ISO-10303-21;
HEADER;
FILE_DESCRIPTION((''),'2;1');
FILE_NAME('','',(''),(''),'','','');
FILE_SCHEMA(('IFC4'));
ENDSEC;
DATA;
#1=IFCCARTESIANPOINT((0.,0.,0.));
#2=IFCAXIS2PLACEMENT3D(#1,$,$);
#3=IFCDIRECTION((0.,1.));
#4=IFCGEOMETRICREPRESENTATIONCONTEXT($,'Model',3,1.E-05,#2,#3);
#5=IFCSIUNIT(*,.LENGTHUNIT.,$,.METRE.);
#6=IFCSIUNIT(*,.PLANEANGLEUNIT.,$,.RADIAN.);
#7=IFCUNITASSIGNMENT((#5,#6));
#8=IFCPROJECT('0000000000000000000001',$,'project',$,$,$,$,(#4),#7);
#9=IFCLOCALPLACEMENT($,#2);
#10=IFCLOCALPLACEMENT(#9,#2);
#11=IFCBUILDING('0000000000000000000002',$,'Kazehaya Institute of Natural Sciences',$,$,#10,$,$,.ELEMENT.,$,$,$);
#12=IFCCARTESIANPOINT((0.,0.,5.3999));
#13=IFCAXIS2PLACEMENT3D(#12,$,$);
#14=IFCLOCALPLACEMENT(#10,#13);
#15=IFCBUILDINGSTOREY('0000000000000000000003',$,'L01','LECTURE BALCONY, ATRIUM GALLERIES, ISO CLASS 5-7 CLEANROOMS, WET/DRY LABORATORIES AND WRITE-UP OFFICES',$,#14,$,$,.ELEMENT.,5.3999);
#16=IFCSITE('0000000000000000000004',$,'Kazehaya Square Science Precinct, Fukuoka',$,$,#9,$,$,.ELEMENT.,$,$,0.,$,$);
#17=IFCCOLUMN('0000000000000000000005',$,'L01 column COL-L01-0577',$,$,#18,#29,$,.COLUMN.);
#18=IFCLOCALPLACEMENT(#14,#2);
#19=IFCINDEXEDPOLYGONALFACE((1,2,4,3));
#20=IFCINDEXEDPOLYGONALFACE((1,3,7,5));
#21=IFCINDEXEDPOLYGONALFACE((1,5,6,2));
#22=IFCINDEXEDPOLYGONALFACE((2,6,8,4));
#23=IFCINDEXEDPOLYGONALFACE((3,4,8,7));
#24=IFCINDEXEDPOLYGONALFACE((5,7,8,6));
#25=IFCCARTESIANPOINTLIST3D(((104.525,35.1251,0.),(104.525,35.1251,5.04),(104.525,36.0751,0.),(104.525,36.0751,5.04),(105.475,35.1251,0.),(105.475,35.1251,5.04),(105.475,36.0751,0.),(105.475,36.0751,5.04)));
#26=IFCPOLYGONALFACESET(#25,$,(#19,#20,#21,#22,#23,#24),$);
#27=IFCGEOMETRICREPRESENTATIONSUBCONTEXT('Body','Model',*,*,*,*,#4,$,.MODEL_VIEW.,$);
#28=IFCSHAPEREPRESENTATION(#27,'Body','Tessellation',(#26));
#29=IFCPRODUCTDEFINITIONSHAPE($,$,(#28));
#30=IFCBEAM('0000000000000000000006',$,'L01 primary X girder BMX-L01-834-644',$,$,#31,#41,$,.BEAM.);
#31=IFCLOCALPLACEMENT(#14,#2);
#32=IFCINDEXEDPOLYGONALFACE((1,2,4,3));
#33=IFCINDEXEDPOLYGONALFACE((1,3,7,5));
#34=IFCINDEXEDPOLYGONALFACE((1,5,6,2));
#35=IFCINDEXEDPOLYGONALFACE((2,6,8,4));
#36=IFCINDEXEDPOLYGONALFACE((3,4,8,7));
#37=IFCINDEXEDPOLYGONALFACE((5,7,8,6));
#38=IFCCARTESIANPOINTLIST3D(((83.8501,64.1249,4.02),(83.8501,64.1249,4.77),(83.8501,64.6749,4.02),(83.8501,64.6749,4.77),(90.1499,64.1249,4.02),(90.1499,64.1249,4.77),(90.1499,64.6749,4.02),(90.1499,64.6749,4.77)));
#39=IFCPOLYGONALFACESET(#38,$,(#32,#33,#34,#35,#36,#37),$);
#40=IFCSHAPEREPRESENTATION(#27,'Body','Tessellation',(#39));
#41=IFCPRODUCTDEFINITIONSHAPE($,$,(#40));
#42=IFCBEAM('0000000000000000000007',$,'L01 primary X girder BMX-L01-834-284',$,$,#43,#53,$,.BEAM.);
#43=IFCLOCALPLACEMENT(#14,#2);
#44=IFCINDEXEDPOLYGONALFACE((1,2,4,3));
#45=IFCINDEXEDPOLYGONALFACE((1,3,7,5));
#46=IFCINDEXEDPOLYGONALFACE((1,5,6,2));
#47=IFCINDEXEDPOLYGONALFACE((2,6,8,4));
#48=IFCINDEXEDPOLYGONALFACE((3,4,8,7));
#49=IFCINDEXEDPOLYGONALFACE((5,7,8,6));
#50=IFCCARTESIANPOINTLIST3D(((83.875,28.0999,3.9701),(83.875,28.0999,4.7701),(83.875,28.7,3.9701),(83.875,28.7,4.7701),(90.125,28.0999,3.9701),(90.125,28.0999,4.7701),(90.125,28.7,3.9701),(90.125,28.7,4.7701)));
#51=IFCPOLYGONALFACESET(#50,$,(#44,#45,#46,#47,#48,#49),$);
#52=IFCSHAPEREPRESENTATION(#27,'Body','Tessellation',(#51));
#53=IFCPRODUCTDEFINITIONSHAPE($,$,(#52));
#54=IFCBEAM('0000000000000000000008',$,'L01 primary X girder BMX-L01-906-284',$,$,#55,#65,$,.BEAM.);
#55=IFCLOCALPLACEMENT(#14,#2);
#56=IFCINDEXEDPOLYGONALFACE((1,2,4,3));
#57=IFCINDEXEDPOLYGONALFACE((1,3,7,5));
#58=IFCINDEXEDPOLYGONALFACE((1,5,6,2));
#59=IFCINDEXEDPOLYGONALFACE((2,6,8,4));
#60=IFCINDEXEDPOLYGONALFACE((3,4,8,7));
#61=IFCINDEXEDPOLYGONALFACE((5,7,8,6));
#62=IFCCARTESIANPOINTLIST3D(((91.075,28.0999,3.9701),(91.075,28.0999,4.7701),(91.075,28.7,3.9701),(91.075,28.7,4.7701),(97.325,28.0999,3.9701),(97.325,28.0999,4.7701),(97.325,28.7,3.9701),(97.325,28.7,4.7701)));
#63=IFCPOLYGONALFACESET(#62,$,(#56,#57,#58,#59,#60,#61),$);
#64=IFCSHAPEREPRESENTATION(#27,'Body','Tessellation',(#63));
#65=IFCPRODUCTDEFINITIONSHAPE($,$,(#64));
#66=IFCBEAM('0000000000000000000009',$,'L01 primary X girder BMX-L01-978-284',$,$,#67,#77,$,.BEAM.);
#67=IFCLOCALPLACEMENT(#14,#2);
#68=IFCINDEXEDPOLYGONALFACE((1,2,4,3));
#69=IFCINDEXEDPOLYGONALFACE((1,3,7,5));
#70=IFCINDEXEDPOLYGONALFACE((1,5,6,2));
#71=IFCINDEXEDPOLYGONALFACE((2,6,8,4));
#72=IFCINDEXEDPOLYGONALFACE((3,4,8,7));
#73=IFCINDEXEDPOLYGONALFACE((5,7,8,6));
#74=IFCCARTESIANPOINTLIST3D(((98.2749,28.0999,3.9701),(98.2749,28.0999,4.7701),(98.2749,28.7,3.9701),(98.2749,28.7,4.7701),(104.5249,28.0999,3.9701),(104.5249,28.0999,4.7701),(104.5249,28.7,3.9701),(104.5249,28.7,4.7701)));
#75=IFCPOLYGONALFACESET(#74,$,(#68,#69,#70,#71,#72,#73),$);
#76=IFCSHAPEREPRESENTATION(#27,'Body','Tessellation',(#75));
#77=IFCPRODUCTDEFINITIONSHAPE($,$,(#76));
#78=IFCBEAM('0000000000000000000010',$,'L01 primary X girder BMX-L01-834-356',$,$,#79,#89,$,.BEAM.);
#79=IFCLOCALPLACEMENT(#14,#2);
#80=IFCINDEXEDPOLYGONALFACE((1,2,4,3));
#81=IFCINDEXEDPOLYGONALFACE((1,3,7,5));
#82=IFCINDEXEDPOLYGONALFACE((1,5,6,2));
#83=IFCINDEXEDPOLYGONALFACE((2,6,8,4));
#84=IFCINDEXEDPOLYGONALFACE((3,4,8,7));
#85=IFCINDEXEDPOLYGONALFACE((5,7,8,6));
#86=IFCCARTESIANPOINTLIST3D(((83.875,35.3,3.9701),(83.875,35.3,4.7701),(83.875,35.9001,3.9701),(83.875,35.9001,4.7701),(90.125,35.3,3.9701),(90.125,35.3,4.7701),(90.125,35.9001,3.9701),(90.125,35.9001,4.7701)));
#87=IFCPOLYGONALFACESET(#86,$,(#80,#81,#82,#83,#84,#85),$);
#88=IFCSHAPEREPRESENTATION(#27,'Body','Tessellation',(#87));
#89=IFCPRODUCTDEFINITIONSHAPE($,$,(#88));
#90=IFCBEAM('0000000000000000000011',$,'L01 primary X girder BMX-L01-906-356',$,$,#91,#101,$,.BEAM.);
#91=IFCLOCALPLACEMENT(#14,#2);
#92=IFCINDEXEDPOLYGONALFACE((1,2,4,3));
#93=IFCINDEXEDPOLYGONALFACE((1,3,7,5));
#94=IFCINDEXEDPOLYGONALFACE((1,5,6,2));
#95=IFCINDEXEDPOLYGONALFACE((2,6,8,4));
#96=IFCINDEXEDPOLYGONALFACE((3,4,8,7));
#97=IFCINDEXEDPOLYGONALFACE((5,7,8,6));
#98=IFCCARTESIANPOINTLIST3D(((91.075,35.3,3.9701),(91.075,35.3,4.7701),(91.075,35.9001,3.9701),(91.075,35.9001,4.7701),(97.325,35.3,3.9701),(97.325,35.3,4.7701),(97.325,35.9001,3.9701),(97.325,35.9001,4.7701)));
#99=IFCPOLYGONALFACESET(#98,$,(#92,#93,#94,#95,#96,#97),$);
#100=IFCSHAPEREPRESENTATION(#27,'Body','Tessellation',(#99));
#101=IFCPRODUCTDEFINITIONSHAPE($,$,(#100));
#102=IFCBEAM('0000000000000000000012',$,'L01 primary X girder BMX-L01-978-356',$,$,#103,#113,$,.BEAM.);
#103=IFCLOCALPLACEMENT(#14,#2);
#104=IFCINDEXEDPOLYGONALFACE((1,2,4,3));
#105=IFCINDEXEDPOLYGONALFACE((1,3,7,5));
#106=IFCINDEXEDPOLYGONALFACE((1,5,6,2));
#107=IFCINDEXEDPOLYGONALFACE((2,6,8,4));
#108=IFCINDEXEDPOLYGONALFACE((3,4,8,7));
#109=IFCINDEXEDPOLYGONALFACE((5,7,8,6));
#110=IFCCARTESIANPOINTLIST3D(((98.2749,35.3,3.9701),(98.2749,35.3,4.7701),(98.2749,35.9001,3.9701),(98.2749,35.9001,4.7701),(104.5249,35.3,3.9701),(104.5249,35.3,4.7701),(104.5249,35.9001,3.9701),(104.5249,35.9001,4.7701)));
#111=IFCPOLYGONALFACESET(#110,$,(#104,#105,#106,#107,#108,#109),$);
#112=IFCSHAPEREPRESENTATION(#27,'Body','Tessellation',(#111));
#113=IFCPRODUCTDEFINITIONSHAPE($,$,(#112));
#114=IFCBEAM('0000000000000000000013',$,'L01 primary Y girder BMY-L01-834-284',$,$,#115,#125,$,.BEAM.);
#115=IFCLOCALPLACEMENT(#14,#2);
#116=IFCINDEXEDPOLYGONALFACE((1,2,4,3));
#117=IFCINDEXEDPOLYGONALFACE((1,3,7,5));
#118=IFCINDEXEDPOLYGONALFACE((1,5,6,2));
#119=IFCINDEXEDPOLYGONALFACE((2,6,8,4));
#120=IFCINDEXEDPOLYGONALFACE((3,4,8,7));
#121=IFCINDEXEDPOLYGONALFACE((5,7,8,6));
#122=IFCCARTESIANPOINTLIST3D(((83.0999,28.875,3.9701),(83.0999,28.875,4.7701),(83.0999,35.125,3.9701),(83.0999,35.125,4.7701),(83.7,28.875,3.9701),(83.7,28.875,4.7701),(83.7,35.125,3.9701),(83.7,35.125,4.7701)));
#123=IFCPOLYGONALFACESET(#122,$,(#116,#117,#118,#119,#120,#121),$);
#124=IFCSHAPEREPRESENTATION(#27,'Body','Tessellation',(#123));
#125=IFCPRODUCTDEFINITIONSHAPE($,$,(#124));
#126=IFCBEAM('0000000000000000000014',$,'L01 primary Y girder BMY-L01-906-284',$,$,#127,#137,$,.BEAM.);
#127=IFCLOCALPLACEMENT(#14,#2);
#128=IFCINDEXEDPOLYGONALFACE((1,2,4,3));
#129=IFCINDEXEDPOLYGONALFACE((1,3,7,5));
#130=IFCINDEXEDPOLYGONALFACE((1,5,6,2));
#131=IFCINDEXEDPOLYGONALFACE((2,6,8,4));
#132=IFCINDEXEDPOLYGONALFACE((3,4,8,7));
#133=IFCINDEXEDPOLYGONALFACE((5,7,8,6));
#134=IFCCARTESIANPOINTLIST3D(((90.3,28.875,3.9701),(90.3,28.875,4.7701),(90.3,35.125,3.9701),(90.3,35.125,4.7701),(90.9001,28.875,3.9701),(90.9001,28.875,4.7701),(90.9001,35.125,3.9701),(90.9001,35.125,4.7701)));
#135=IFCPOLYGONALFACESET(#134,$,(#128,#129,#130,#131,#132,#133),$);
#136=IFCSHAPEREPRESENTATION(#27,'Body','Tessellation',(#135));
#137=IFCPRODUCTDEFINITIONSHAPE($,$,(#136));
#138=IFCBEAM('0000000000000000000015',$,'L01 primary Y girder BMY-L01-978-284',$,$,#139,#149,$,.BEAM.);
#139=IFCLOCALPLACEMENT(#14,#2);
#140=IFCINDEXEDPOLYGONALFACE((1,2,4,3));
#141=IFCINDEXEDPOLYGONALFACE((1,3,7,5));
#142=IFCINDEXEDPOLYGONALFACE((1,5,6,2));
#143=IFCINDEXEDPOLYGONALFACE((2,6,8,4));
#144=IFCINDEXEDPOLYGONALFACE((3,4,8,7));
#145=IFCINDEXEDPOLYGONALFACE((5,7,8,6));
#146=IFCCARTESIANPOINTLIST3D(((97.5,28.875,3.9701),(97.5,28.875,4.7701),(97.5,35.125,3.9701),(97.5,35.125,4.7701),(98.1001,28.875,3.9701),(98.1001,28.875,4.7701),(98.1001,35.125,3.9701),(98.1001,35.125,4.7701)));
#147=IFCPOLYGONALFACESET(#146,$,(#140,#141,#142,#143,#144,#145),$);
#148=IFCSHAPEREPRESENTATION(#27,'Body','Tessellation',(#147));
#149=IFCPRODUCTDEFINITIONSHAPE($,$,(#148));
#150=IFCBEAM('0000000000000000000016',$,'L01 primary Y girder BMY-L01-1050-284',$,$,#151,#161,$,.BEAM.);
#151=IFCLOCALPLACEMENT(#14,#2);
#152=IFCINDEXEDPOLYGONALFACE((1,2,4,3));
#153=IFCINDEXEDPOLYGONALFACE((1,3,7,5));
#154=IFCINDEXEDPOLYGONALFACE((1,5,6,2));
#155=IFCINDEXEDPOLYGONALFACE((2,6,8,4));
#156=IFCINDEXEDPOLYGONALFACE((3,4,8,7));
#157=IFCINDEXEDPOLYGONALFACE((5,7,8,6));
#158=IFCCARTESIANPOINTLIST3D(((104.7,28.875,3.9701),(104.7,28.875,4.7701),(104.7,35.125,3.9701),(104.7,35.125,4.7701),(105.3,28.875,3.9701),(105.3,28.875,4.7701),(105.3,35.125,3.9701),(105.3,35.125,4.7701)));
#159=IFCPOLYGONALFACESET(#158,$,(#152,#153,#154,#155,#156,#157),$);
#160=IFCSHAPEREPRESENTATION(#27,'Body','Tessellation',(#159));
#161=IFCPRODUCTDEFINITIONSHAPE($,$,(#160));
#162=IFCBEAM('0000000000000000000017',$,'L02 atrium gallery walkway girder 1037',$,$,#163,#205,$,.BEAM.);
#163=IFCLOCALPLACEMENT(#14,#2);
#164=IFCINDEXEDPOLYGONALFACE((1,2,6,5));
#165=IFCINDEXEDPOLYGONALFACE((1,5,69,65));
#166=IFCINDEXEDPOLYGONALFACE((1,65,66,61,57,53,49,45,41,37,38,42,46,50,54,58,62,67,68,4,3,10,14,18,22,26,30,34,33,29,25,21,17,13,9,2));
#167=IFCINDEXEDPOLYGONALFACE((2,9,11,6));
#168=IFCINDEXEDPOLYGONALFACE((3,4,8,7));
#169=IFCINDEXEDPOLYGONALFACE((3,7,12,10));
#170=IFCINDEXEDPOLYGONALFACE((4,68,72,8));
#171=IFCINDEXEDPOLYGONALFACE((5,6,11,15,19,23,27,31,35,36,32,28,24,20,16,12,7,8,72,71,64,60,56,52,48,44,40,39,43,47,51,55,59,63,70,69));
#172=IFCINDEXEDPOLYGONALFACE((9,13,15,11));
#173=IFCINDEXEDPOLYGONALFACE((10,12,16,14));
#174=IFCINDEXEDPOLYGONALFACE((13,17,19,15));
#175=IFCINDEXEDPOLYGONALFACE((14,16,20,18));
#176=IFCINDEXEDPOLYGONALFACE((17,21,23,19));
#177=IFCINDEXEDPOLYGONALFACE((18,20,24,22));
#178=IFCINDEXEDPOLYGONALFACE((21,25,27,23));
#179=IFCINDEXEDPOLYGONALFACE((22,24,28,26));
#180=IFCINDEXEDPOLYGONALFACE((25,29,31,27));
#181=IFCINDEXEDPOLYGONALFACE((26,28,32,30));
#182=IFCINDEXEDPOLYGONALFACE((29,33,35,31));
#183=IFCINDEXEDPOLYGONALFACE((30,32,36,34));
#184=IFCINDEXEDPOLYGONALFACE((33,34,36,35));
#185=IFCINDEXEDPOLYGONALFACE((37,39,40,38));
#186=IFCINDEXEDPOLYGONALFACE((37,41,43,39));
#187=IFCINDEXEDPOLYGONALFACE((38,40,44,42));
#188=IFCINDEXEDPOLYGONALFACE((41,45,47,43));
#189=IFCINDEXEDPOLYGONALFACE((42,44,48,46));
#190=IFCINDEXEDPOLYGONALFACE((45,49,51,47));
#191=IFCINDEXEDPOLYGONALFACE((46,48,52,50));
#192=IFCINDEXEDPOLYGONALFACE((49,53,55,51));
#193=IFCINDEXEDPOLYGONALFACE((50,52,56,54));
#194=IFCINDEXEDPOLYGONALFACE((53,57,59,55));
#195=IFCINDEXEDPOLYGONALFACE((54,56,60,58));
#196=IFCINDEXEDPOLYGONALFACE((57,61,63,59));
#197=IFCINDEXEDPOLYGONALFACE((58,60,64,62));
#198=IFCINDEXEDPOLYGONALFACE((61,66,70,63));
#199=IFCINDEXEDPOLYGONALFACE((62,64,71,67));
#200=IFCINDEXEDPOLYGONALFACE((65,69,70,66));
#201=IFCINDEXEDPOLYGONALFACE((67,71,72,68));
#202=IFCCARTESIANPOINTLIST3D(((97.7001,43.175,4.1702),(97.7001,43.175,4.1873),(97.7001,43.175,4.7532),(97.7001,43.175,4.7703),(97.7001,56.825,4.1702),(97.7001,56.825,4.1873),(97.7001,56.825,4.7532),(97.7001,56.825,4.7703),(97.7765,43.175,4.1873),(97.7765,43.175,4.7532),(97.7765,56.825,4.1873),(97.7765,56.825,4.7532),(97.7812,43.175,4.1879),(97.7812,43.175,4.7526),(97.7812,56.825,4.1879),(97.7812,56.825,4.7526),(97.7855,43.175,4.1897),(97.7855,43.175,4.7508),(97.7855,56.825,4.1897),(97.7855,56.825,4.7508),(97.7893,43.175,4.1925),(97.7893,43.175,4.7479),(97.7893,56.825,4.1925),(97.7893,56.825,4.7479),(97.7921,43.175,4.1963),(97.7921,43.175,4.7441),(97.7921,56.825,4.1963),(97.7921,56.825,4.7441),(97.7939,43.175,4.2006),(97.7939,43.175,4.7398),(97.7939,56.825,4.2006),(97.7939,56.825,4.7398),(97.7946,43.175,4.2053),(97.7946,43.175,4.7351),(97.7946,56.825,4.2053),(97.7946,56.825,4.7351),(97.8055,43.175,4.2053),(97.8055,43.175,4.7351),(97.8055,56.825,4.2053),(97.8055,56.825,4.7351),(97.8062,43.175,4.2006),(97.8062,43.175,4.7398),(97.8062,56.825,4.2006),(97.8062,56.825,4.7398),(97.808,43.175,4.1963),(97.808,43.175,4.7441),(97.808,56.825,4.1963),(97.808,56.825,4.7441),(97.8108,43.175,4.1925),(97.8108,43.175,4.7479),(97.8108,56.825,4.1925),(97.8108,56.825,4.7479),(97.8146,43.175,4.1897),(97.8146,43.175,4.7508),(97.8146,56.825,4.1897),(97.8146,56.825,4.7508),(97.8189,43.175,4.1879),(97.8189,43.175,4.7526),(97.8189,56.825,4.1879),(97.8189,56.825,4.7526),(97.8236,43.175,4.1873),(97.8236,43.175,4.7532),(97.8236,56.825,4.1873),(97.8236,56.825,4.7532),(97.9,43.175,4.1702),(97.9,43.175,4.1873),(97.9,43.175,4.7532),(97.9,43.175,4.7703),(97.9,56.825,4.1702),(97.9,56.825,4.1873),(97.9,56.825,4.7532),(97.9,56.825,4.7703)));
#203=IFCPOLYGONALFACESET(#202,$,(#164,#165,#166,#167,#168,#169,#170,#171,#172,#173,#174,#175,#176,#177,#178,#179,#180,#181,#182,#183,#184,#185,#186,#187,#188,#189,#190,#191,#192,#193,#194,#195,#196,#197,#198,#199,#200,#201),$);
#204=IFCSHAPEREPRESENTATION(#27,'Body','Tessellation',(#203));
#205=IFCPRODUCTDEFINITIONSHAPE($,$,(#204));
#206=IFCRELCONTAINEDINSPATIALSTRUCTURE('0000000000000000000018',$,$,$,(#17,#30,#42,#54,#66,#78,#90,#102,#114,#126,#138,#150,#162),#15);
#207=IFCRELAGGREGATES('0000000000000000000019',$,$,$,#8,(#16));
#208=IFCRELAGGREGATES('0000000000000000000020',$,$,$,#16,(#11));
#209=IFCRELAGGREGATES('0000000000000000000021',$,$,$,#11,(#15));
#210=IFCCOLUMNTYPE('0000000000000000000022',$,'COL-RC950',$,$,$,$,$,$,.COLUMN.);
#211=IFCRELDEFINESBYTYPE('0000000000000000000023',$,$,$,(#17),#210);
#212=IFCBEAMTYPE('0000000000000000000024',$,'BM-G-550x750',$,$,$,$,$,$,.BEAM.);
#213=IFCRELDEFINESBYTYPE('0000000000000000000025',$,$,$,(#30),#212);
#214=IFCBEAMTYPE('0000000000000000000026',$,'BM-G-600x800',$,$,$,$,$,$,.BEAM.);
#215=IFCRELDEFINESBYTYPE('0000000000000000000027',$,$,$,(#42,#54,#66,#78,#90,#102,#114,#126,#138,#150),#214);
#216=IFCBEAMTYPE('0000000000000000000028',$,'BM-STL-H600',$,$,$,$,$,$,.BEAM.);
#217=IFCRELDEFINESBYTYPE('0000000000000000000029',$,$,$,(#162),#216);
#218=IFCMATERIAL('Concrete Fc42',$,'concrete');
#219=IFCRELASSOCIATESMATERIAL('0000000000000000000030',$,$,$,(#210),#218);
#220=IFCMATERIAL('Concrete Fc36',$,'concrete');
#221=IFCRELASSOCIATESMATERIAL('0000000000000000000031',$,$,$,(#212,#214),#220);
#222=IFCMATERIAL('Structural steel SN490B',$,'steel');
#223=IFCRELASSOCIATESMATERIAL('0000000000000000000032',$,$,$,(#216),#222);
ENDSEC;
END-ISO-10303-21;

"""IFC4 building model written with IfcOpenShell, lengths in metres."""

from ifc_helpers import new_model, si_unit, direction, frame, origin, origin_2d, place, context, subcontext, project, spatial, rectangle, i_section, extrude, material, material_profile, profile_set, type_object, element, save


model = new_model("IFC4")

# Units and contexts
model_context = context("Model", 3, precision=1e-05, world=origin(), true_north=direction((0.0, 1.0)))
body_context = subcontext(model_context, "Body", "Model", "MODEL_VIEW")
ifc_project = project(units=[si_unit("LENGTHUNIT", "METRE"), si_unit("PLANEANGLEUNIT", "RADIAN")], contexts=[model_context])

# Site, building, storey
site_placement = place(None, origin())
site = spatial("IfcSite", under=ifc_project, at=site_placement, Name="Kazehaya Square Science Precinct, Fukuoka", CompositionType="ELEMENT", RefElevation=0.0)
building_placement = place(site_placement, origin())
building = spatial("IfcBuilding", under=site, at=building_placement, Name="Kazehaya Institute of Natural Sciences", CompositionType="ELEMENT")
storey_placement = place(building_placement, frame((0.0, 0.0, 5.3999)))
storey = spatial("IfcBuildingStorey", under=building, at=storey_placement, Name="L01", Description="LECTURE BALCONY, ATRIUM GALLERIES, ISO CLASS 5-7 CLEANROOMS, WET/DRY LABORATORIES AND WRITE-UP OFFICES", CompositionType="ELEMENT", Elevation=5.3999)

# Column
ifc_material_1 = material(Name="Concrete Fc36", Category="concrete")
ifc_material_2 = material(Name="Concrete Fc42", Category="concrete")
ifc_material_profile_1 = material_profile(ifc_material_2, rectangle(XDim=0.95, YDim=0.95, at=origin_2d()), Name="RC-950x950")
ifc_profile_set_1 = profile_set([ifc_material_profile_1], Name="Concrete Fc42")
column_type_1 = type_object("IfcColumnType", Name="COL-RC950", PredefinedType="COLUMN", material=ifc_profile_set_1)
for number, where, z_axis, x_axis, name in (
    (1, (105.0, 35.6001, 0.0), (0.0, 0.0, 1.0), (1.0, 0.0, 0.0), "L01 column COL-L01-0577"),
):
    element("IfcColumn", number, at=place(storey_placement, frame(where, z_axis=z_axis, x_axis=x_axis)), inside=storey, type_object=column_type_1, Name=name, PredefinedType="COLUMN", context=body_context, shape_type="SweptSolid", body=[
        extrude(rectangle(XDim=0.95, YDim=0.95, at=origin_2d()), origin(), (0.0, 0.0, 1.0), 5.04),
    ])

# Beams
ifc_material_profile_2 = material_profile(ifc_material_1, rectangle(XDim=0.55, YDim=0.75, at=origin_2d()), Name="RC-550x750")
ifc_profile_set_2 = profile_set([ifc_material_profile_2], Name="Concrete Fc36")
beam_type_1 = type_object("IfcBeamType", Name="BM-G-550x750", PredefinedType="BEAM", material=ifc_profile_set_2)
beam_1_placement = place(storey_placement, frame((83.8501, 64.3999, 4.395), z_axis=(1.0, 0.0, 0.0), x_axis=(0.0, 1.0, 0.0)))
element("IfcBeam", 2, at=beam_1_placement, inside=storey, type_object=beam_type_1, Name="L01 primary X girder BMX-L01-834-644", PredefinedType="BEAM", context=body_context, shape_type="SweptSolid", body=[
    extrude(rectangle(XDim=0.55, YDim=0.75, at=origin_2d()), origin(), (0.0, 0.0, 1.0), 6.2998),
])
ifc_material_profile_3 = material_profile(ifc_material_1, rectangle(XDim=0.6001, YDim=0.8, at=origin_2d()), Name="RC-600x800")
ifc_profile_set_3 = profile_set([ifc_material_profile_3], Name="Concrete Fc36")
beam_type_2 = type_object("IfcBeamType", Name="BM-G-600x800", PredefinedType="BEAM", material=ifc_profile_set_3)
for number, where, z_axis, x_axis, name in (
    (3, (83.875, 28.3999, 4.3701), (1.0, 0.0, 0.0), (0.0, 1.0, 0.0), "L01 primary X girder BMX-L01-834-284"),
    (4, (91.075, 28.3999, 4.3701), (1.0, 0.0, 0.0), (0.0, 1.0, 0.0), "L01 primary X girder BMX-L01-906-284"),
    (5, (98.2749, 28.3999, 4.3701), (1.0, 0.0, 0.0), (0.0, 1.0, 0.0), "L01 primary X girder BMX-L01-978-284"),
    (6, (83.875, 35.6001, 4.3701), (1.0, 0.0, 0.0), (0.0, 1.0, 0.0), "L01 primary X girder BMX-L01-834-356"),
    (7, (91.075, 35.6001, 4.3701), (1.0, 0.0, 0.0), (0.0, 1.0, 0.0), "L01 primary X girder BMX-L01-906-356"),
    (8, (98.2749, 35.6001, 4.3701), (1.0, 0.0, 0.0), (0.0, 1.0, 0.0), "L01 primary X girder BMX-L01-978-356"),
    (9, (83.3999, 28.875, 4.3701), (0.0, 1.0, 0.0), (-1.0, 0.0, 0.0), "L01 primary Y girder BMY-L01-834-284"),
    (10, (90.6001, 28.875, 4.3701), (0.0, 1.0, 0.0), (-1.0, 0.0, 0.0), "L01 primary Y girder BMY-L01-906-284"),
    (11, (97.8, 28.875, 4.3701), (0.0, 1.0, 0.0), (-1.0, 0.0, 0.0), "L01 primary Y girder BMY-L01-978-284"),
    (12, (105.0, 28.875, 4.3701), (0.0, 1.0, 0.0), (-1.0, 0.0, 0.0), "L01 primary Y girder BMY-L01-1050-284"),
):
    element("IfcBeam", number, at=place(storey_placement, frame(where, z_axis=z_axis, x_axis=x_axis)), inside=storey, type_object=beam_type_2, Name=name, PredefinedType="BEAM", context=body_context, shape_type="SweptSolid", body=[
        extrude(rectangle(XDim=0.6001, YDim=0.8, at=origin_2d()), origin(), (0.0, 0.0, 1.0), 6.25),
    ])
ifc_material_3 = material(Name="Structural steel SN490B", Category="steel")
ifc_material_profile_4 = material_profile(ifc_material_3, i_section(OverallWidth=0.2, OverallDepth=0.6001, WebThickness=0.011, FlangeThickness=0.0171, FilletRadius=0.0181, at=origin_2d()), Name="H-600x200x11x17")
ifc_profile_set_4 = profile_set([ifc_material_profile_4], Name="Structural steel SN490B")
beam_type_3 = type_object("IfcBeamType", Name="BM-STL-H600", PredefinedType="BEAM", material=ifc_profile_set_4)
beam_2_placement = place(storey_placement, frame((97.8, 43.175, 4.4702), z_axis=(0.0, 1.0, 0.0), x_axis=(-1.0, 0.0, 0.0)))
element("IfcBeam", 13, at=beam_2_placement, inside=storey, type_object=beam_type_3, Name="L02 atrium gallery walkway girder 1037", PredefinedType="BEAM", context=body_context, shape_type="SweptSolid", body=[
    extrude(i_section(OverallWidth=0.2, OverallDepth=0.6001, WebThickness=0.011, FlangeThickness=0.0171, FilletRadius=0.0181, at=origin_2d()), origin(), (0.0, 0.0, 1.0), 13.6499),
])

save(model, "model.ifc")
